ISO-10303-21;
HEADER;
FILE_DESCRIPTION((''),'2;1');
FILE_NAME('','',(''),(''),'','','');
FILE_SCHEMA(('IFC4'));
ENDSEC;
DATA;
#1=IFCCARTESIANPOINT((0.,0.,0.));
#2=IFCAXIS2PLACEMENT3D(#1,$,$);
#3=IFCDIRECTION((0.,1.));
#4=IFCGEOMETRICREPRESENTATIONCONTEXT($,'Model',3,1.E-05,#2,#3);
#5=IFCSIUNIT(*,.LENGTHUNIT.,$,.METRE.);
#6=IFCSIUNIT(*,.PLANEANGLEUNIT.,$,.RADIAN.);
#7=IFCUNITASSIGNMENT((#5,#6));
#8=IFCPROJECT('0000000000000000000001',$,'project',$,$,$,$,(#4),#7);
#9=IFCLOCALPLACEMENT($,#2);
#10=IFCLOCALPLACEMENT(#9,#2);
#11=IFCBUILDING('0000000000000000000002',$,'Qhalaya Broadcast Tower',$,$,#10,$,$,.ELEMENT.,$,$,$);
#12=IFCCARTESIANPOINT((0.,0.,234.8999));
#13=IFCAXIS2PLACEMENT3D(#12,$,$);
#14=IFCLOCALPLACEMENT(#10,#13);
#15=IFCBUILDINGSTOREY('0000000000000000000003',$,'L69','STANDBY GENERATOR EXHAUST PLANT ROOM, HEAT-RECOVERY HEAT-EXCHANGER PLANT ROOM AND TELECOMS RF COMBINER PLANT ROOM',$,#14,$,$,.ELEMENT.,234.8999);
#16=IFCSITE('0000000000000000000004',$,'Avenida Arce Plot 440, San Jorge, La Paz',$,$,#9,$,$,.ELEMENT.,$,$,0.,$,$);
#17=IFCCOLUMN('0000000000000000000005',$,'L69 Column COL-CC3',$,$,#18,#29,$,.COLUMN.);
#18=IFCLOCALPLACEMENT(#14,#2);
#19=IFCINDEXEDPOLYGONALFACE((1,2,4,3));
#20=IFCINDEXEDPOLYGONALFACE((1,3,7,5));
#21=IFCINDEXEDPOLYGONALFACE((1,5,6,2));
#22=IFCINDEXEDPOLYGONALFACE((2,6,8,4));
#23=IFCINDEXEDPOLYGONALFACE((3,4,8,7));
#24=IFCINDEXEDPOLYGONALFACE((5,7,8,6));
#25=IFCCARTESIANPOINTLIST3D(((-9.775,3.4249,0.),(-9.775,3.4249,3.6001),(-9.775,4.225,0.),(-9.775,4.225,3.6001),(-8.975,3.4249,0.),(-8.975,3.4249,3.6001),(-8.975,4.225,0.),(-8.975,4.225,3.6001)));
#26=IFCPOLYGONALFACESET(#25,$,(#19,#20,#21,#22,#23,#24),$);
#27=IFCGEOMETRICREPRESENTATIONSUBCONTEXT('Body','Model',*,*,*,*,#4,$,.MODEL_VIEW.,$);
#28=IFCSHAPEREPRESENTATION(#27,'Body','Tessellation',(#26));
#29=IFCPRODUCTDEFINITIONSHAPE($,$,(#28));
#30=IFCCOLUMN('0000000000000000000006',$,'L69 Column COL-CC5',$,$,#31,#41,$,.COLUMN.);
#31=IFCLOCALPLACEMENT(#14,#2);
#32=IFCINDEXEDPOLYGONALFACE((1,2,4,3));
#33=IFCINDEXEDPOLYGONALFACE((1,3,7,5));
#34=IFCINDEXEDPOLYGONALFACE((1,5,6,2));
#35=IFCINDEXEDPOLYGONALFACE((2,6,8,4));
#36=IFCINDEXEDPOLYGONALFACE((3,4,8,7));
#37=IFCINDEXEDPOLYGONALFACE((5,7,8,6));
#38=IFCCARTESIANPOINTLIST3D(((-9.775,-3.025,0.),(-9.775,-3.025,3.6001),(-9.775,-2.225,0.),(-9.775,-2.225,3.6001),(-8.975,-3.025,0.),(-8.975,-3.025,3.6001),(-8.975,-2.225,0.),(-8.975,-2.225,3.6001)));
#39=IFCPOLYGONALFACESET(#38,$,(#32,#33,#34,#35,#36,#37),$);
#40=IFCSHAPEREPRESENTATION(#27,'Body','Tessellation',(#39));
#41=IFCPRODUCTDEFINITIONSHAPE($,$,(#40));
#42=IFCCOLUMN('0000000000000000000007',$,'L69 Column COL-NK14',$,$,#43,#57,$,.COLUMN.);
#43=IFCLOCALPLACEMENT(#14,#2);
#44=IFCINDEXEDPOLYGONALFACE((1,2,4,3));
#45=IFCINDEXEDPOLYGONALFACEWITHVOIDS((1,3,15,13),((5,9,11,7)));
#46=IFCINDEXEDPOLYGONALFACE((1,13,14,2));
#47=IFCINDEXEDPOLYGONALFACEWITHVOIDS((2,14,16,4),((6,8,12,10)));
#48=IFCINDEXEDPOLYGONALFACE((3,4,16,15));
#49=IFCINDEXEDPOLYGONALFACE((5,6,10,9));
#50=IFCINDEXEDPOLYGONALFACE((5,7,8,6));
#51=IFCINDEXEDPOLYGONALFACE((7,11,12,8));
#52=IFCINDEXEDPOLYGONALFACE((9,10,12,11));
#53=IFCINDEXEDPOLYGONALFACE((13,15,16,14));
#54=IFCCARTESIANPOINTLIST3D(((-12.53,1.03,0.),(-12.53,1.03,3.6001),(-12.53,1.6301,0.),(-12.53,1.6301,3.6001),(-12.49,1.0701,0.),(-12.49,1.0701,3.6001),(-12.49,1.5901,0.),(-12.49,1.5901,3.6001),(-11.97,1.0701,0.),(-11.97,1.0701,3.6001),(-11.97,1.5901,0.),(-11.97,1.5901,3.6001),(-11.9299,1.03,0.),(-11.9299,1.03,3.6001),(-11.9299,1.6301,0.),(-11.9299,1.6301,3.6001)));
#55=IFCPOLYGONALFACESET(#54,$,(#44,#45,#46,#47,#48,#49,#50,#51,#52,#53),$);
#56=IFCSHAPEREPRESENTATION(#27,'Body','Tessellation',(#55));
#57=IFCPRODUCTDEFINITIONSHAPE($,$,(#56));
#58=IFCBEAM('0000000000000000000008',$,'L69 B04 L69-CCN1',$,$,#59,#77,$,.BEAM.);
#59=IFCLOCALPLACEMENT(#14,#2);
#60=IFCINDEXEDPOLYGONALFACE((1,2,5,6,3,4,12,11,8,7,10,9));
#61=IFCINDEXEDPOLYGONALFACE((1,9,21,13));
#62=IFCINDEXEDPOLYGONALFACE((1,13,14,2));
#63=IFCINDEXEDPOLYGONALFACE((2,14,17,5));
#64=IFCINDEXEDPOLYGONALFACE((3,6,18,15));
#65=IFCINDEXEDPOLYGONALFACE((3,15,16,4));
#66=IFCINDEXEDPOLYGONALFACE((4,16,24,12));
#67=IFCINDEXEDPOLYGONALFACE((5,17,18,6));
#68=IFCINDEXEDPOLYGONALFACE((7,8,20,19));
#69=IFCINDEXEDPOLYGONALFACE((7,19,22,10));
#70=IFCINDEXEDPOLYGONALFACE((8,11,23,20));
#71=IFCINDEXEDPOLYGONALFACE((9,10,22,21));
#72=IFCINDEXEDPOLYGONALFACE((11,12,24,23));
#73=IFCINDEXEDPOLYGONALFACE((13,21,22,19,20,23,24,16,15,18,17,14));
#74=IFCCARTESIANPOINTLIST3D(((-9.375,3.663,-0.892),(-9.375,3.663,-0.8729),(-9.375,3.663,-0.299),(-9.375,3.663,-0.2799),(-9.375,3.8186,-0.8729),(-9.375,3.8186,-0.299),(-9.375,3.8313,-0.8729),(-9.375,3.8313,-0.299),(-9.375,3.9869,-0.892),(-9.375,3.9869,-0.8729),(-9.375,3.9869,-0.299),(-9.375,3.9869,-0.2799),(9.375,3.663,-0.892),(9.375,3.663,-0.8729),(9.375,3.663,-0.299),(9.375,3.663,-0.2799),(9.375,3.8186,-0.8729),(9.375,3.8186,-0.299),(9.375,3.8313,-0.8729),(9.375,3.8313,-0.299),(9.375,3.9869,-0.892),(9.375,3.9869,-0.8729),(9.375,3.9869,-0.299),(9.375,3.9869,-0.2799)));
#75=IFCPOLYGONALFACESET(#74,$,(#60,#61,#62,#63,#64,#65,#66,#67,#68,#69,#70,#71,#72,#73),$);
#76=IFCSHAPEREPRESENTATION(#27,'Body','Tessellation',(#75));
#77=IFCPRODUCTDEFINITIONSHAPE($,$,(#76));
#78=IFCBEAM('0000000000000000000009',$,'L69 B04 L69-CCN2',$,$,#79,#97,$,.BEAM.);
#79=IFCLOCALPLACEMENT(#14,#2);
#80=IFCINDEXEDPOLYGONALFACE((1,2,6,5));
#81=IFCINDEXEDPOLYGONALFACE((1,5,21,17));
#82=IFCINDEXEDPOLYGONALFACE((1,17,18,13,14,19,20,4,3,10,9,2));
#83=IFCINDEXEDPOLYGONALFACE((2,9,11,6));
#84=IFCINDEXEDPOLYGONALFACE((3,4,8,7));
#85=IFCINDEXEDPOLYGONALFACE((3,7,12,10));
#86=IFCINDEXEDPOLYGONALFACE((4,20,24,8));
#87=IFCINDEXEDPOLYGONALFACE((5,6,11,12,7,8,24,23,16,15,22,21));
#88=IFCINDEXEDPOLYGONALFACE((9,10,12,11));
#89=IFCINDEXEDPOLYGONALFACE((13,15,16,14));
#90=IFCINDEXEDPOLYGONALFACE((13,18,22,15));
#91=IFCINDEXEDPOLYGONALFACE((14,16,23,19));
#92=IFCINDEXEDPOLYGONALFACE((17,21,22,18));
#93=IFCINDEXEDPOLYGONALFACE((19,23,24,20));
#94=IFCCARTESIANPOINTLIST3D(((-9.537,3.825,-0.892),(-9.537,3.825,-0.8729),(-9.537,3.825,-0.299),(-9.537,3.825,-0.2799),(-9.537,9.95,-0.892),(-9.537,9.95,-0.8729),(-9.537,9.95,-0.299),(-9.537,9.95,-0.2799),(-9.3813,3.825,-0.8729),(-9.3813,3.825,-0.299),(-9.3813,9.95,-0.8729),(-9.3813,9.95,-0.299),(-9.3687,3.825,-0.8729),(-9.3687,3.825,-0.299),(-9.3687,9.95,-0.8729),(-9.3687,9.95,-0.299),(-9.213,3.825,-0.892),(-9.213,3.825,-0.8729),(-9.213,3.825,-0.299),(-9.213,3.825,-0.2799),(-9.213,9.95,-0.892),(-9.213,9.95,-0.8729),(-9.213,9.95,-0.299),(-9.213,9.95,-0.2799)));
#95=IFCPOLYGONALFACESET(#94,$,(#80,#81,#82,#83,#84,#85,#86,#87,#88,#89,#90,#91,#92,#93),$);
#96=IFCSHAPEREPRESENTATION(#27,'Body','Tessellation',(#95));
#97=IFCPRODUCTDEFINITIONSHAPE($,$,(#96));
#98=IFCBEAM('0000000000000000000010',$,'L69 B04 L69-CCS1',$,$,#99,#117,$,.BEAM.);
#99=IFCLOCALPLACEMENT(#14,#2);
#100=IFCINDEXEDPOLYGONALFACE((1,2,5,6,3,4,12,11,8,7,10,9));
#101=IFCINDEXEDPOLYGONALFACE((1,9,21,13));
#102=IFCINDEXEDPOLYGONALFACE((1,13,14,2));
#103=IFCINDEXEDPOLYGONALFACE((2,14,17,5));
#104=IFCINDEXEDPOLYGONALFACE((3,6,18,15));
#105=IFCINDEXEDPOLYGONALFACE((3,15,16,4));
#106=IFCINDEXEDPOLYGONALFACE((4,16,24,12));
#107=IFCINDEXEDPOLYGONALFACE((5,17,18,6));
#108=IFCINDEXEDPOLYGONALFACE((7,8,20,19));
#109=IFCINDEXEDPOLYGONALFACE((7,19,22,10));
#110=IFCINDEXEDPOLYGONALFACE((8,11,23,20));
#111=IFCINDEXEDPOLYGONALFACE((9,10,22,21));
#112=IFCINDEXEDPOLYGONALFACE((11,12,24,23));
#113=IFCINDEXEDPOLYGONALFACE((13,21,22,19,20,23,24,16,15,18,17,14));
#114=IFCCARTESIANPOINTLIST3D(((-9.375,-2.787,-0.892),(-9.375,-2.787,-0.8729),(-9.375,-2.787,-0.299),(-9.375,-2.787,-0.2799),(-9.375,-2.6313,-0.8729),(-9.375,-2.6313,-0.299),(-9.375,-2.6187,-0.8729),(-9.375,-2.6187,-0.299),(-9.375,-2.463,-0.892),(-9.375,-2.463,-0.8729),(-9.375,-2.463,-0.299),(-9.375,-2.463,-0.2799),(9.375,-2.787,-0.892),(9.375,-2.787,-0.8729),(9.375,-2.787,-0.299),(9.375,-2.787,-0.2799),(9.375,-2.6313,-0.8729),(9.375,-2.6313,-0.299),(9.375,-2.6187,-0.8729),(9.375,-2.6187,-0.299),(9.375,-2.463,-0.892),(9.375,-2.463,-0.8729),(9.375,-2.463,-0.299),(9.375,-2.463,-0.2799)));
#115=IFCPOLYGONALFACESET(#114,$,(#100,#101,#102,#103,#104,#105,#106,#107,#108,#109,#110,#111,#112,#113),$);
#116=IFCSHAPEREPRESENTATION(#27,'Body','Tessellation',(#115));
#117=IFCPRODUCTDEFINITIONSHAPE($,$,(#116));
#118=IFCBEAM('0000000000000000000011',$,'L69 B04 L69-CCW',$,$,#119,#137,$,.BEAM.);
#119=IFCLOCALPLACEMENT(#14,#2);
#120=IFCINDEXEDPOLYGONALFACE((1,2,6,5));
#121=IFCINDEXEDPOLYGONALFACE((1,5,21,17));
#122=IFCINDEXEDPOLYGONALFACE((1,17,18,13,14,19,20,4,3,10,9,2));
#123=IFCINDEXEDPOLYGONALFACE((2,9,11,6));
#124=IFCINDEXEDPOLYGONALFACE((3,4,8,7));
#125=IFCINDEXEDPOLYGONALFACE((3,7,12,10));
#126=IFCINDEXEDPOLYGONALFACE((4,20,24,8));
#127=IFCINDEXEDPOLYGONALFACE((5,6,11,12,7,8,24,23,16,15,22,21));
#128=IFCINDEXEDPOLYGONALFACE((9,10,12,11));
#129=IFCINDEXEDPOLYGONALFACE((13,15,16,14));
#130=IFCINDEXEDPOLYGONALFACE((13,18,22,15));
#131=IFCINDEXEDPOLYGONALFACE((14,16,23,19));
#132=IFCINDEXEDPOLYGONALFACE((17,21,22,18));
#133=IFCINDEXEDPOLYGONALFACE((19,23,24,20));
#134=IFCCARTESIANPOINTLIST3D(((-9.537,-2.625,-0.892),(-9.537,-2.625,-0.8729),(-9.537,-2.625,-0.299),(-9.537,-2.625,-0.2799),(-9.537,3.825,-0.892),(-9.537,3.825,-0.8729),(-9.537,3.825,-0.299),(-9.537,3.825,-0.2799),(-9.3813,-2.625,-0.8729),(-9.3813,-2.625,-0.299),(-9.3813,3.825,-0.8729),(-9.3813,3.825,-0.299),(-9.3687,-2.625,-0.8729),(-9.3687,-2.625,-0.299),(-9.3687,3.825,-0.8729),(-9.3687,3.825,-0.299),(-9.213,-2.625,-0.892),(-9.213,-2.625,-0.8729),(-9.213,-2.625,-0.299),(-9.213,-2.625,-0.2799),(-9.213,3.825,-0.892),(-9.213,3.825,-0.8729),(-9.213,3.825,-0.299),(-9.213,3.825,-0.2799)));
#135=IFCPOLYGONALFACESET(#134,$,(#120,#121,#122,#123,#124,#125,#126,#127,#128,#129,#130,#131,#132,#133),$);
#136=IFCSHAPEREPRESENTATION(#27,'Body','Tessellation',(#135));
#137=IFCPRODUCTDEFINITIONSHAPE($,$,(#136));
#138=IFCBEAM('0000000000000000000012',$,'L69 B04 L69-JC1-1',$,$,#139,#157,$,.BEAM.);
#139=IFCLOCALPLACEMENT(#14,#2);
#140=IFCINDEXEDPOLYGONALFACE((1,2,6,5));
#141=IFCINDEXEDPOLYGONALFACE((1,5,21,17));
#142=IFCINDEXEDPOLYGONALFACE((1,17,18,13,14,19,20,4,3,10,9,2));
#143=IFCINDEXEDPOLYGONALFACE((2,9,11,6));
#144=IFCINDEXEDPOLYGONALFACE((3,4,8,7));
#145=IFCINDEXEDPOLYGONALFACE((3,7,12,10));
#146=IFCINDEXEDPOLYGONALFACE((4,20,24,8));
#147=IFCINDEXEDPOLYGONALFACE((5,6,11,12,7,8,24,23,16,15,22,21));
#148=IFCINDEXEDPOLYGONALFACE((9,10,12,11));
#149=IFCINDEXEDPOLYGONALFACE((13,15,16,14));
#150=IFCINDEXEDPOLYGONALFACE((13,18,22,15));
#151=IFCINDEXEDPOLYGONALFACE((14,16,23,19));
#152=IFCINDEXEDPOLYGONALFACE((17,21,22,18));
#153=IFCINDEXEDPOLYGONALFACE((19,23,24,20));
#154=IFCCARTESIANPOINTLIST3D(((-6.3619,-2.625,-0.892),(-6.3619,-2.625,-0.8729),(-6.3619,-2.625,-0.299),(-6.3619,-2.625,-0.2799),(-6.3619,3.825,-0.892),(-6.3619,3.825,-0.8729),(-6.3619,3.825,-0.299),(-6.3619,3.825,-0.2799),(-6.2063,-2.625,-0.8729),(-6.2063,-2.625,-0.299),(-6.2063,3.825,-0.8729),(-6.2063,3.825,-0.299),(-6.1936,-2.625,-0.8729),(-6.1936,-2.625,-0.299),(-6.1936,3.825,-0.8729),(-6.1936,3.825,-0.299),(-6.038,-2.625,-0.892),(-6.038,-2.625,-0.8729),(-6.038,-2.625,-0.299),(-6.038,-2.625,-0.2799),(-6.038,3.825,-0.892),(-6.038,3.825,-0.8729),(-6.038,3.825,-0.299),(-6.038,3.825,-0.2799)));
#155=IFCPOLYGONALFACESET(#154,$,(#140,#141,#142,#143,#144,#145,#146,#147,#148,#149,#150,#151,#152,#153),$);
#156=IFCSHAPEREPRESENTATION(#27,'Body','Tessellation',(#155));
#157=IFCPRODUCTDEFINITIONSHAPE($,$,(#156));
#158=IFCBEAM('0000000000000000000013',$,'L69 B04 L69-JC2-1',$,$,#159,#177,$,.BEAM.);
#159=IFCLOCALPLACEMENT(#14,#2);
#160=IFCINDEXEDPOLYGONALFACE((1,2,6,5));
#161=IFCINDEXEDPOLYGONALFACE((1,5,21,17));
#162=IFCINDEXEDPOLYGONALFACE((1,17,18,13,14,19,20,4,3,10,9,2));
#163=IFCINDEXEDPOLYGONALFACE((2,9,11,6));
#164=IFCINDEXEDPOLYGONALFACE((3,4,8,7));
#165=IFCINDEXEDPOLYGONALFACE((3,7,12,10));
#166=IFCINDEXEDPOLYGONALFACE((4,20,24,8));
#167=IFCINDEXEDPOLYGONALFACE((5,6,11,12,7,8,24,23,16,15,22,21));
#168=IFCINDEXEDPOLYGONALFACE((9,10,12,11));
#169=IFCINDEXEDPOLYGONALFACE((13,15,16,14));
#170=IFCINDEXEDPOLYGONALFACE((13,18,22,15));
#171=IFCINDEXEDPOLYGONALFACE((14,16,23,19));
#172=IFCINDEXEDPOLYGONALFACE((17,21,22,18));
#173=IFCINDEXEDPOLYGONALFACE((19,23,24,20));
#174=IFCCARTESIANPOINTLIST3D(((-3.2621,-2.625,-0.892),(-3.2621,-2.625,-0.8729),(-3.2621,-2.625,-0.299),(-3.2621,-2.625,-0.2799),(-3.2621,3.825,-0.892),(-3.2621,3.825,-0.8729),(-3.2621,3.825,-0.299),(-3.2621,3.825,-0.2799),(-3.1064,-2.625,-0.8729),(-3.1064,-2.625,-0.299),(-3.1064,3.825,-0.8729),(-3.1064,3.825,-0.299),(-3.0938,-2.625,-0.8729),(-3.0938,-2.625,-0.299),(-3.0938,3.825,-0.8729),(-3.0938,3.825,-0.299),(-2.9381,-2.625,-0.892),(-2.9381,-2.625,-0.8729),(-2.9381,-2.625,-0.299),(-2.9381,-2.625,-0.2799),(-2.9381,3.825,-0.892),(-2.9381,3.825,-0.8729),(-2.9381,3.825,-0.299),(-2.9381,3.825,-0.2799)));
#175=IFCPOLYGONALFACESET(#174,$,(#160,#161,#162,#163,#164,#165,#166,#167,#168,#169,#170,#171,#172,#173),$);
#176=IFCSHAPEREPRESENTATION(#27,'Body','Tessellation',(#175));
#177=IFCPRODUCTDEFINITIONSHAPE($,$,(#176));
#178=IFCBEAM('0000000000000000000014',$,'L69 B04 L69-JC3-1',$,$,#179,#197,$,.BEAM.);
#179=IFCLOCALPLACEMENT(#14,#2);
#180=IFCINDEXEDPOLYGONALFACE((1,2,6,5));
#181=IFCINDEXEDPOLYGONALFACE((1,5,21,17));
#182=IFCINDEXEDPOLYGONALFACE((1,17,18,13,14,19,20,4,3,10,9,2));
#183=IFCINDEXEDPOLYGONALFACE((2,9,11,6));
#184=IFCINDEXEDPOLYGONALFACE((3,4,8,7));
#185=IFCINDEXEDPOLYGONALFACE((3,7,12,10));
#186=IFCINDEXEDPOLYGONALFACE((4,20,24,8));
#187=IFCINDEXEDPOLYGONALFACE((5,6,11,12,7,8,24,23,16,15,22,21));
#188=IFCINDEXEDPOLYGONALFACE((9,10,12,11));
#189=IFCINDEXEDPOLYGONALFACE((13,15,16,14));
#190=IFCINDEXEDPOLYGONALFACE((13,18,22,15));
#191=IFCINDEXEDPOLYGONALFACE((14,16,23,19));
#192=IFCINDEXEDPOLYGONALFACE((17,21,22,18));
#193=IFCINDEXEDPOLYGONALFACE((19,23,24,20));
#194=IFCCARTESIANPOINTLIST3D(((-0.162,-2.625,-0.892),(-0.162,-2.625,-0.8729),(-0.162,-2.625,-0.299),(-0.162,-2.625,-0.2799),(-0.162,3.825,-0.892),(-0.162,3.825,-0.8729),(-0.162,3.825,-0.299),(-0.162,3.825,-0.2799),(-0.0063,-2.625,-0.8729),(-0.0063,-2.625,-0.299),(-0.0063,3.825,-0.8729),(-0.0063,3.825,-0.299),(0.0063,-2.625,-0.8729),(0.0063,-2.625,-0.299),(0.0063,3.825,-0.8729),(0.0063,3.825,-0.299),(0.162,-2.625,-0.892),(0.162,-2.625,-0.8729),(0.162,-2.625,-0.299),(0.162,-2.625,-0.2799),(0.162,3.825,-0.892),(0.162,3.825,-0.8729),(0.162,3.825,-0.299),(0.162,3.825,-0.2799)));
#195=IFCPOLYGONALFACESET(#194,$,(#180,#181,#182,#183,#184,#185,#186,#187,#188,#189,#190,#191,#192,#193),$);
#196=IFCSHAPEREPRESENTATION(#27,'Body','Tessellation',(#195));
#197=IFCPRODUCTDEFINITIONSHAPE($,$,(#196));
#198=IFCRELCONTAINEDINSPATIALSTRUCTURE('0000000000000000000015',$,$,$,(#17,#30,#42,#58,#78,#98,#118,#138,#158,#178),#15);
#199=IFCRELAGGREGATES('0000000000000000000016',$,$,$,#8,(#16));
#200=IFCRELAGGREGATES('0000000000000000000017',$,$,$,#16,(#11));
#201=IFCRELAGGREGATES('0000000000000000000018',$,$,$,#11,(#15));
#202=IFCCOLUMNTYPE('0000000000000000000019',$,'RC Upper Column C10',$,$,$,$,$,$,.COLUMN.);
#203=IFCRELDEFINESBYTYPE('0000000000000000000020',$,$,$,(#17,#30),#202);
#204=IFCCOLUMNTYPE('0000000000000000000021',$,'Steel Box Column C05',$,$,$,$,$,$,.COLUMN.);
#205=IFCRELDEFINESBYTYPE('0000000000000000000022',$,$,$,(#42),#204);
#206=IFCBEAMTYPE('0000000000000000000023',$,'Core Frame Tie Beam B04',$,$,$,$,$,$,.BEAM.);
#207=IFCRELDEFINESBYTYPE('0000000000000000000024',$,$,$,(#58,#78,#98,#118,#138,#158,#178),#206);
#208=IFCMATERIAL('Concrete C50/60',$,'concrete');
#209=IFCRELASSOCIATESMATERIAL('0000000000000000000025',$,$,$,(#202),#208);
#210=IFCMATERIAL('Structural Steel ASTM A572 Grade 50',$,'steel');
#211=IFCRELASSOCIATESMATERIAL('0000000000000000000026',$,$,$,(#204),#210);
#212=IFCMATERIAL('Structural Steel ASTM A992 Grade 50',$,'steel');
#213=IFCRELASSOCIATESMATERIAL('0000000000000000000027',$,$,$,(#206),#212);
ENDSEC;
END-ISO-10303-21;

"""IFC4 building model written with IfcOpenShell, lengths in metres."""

from ifc_helpers import new_model, si_unit, direction, frame, origin, origin_2d, place, context, subcontext, project, spatial, rectangle, hollow_rectangle, i_section, extrude, material, material_profile, profile_set, type_object, element, save


model = new_model("IFC4")

# Units and contexts
model_context = context("Model", 3, precision=1e-05, world=origin(), true_north=direction((0.0, 1.0)))
body_context = subcontext(model_context, "Body", "Model", "MODEL_VIEW")
ifc_project = project(units=[si_unit("LENGTHUNIT", "METRE"), si_unit("PLANEANGLEUNIT", "RADIAN")], contexts=[model_context])

# Site, building, storey
site_placement = place(None, origin())
site = spatial("IfcSite", under=ifc_project, at=site_placement, Name="Avenida Arce Plot 440, San Jorge, La Paz", CompositionType="ELEMENT", RefElevation=0.0)
building_placement = place(site_placement, origin())
building = spatial("IfcBuilding", under=site, at=building_placement, Name="Qhalaya Broadcast Tower", CompositionType="ELEMENT")
storey_placement = place(building_placement, frame((0.0, 0.0, 234.8999)))
storey = spatial("IfcBuildingStorey", under=building, at=storey_placement, Name="L69", Description="STANDBY GENERATOR EXHAUST PLANT ROOM, HEAT-RECOVERY HEAT-EXCHANGER PLANT ROOM AND TELECOMS RF COMBINER PLANT ROOM", CompositionType="ELEMENT", Elevation=234.8999)

# Columns
ifc_material_1 = material(Name="Concrete C50/60", Category="concrete")
ifc_material_profile_1 = material_profile(ifc_material_1, rectangle(XDim=0.8, YDim=0.8, at=origin_2d()), Name="RC-COL 800x800")
ifc_profile_set_1 = profile_set([ifc_material_profile_1], Name="Concrete C50/60")
column_type_1 = type_object("IfcColumnType", Name="RC Upper Column C10", PredefinedType="COLUMN", material=ifc_profile_set_1)
for number, where, z_axis, x_axis, name in (
    (1, (-9.375, 3.825, 0.0), (0.0, 0.0, 1.0), (1.0, 0.0, 0.0), "L69 Column COL-CC3"),
    (2, (-9.375, -2.625, 0.0), (0.0, 0.0, 1.0), (1.0, 0.0, 0.0), "L69 Column COL-CC5"),
):
    element("IfcColumn", number, at=place(storey_placement, frame(where, z_axis=z_axis, x_axis=x_axis)), inside=storey, type_object=column_type_1, Name=name, PredefinedType="COLUMN", context=body_context, shape_type="SweptSolid", body=[
        extrude(rectangle(XDim=0.8, YDim=0.8, at=origin_2d()), origin(), (0.0, 0.0, 1.0), 3.6001),
    ])
ifc_material_2 = material(Name="Structural Steel ASTM A572 Grade 50", Category="steel")
ifc_material_profile_2 = material_profile(ifc_material_2, hollow_rectangle(XDim=0.6001, YDim=0.6001, WallThickness=0.04, at=origin_2d()), Name="BOX 600x600x40")
ifc_profile_set_2 = profile_set([ifc_material_profile_2], Name="Structural Steel ASTM A572 Grade 50")
column_type_2 = type_object("IfcColumnType", Name="Steel Box Column C05", PredefinedType="COLUMN", material=ifc_profile_set_2)
column_placement = place(storey_placement, frame((-12.23, 1.3301, 0.0), z_axis=(0.0, 0.0, 1.0), x_axis=(0.0, 1.0, 0.0)))
element("IfcColumn", 3, at=column_placement, inside=storey, type_object=column_type_2, Name="L69 Column COL-NK14", PredefinedType="COLUMN", context=body_context, shape_type="SweptSolid", body=[
    extrude(hollow_rectangle(XDim=0.6001, YDim=0.6001, WallThickness=0.04, at=origin_2d()), origin(), (0.0, 0.0, 1.0), 3.6001),
])

# Beams
ifc_material_3 = material(Name="Structural Steel ASTM A992 Grade 50", Category="steel")
ifc_material_profile_3 = material_profile(ifc_material_3, i_section(OverallWidth=0.324, OverallDepth=0.6121, WebThickness=0.0127, FlangeThickness=0.019, at=origin_2d()), Name="W24X104")
ifc_profile_set_3 = profile_set([ifc_material_profile_3], Name="Structural Steel ASTM A992 Grade 50")
beam_type_1 = type_object("IfcBeamType", Name="Core Frame Tie Beam B04", PredefinedType="BEAM", material=ifc_profile_set_3)
beam_1_placement = place(storey_placement, frame((-9.375, 3.825, -0.5859), z_axis=(1.0, 0.0, 0.0), x_axis=(0.0, 1.0, 0.0)))
element("IfcBeam", 4, at=beam_1_placement, inside=storey, type_object=beam_type_1, Name="L69 B04 L69-CCN1", PredefinedType="BEAM", context=body_context, shape_type="SweptSolid", body=[
    extrude(i_section(OverallWidth=0.324, OverallDepth=0.6121, WebThickness=0.0127, FlangeThickness=0.019, at=origin_2d()), origin(), (0.0, 0.0, 1.0), 18.75),
])
beam_2_placement = place(storey_placement, frame((-9.375, 3.825, -0.5859), z_axis=(0.0, 1.0, 0.0), x_axis=(-1.0, 0.0, 0.0)))
element("IfcBeam", 5, at=beam_2_placement, inside=storey, type_object=beam_type_1, Name="L69 B04 L69-CCN2", PredefinedType="BEAM", context=body_context, shape_type="SweptSolid", body=[
    extrude(i_section(OverallWidth=0.324, OverallDepth=0.6121, WebThickness=0.0127, FlangeThickness=0.019, at=origin_2d()), origin(), (0.0, 0.0, 1.0), 6.125),
])
beam_3_placement = place(storey_placement, frame((-9.375, -2.625, -0.5859), z_axis=(1.0, 0.0, 0.0), x_axis=(0.0, 1.0, 0.0)))
element("IfcBeam", 6, at=beam_3_placement, inside=storey, type_object=beam_type_1, Name="L69 B04 L69-CCS1", PredefinedType="BEAM", context=body_context, shape_type="SweptSolid", body=[
    extrude(i_section(OverallWidth=0.324, OverallDepth=0.6121, WebThickness=0.0127, FlangeThickness=0.019, at=origin_2d()), origin(), (0.0, 0.0, 1.0), 18.75),
])
for number, where, z_axis, x_axis, name in (
    (7, (-9.375, -2.625, -0.5859), (0.0, 1.0, 0.0), (-1.0, 0.0, 0.0), "L69 B04 L69-CCW"),
    (8, (-6.2, -2.625, -0.5859), (0.0, 1.0, 0.0), (-1.0, 0.0, 0.0), "L69 B04 L69-JC1-1"),
    (9, (-3.1001, -2.625, -0.5859), (0.0, 1.0, 0.0), (-1.0, 0.0, 0.0), "L69 B04 L69-JC2-1"),
    (10, (0.0, -2.625, -0.5859), (0.0, 1.0, 0.0), (-1.0, 0.0, 0.0), "L69 B04 L69-JC3-1"),
):
    element("IfcBeam", number, at=place(storey_placement, frame(where, z_axis=z_axis, x_axis=x_axis)), inside=storey, type_object=beam_type_1, Name=name, PredefinedType="BEAM", context=body_context, shape_type="SweptSolid", body=[
        extrude(i_section(OverallWidth=0.324, OverallDepth=0.6121, WebThickness=0.0127, FlangeThickness=0.019, at=origin_2d()), origin(), (0.0, 0.0, 1.0), 6.45),
    ])

save(model, "model.ifc")
